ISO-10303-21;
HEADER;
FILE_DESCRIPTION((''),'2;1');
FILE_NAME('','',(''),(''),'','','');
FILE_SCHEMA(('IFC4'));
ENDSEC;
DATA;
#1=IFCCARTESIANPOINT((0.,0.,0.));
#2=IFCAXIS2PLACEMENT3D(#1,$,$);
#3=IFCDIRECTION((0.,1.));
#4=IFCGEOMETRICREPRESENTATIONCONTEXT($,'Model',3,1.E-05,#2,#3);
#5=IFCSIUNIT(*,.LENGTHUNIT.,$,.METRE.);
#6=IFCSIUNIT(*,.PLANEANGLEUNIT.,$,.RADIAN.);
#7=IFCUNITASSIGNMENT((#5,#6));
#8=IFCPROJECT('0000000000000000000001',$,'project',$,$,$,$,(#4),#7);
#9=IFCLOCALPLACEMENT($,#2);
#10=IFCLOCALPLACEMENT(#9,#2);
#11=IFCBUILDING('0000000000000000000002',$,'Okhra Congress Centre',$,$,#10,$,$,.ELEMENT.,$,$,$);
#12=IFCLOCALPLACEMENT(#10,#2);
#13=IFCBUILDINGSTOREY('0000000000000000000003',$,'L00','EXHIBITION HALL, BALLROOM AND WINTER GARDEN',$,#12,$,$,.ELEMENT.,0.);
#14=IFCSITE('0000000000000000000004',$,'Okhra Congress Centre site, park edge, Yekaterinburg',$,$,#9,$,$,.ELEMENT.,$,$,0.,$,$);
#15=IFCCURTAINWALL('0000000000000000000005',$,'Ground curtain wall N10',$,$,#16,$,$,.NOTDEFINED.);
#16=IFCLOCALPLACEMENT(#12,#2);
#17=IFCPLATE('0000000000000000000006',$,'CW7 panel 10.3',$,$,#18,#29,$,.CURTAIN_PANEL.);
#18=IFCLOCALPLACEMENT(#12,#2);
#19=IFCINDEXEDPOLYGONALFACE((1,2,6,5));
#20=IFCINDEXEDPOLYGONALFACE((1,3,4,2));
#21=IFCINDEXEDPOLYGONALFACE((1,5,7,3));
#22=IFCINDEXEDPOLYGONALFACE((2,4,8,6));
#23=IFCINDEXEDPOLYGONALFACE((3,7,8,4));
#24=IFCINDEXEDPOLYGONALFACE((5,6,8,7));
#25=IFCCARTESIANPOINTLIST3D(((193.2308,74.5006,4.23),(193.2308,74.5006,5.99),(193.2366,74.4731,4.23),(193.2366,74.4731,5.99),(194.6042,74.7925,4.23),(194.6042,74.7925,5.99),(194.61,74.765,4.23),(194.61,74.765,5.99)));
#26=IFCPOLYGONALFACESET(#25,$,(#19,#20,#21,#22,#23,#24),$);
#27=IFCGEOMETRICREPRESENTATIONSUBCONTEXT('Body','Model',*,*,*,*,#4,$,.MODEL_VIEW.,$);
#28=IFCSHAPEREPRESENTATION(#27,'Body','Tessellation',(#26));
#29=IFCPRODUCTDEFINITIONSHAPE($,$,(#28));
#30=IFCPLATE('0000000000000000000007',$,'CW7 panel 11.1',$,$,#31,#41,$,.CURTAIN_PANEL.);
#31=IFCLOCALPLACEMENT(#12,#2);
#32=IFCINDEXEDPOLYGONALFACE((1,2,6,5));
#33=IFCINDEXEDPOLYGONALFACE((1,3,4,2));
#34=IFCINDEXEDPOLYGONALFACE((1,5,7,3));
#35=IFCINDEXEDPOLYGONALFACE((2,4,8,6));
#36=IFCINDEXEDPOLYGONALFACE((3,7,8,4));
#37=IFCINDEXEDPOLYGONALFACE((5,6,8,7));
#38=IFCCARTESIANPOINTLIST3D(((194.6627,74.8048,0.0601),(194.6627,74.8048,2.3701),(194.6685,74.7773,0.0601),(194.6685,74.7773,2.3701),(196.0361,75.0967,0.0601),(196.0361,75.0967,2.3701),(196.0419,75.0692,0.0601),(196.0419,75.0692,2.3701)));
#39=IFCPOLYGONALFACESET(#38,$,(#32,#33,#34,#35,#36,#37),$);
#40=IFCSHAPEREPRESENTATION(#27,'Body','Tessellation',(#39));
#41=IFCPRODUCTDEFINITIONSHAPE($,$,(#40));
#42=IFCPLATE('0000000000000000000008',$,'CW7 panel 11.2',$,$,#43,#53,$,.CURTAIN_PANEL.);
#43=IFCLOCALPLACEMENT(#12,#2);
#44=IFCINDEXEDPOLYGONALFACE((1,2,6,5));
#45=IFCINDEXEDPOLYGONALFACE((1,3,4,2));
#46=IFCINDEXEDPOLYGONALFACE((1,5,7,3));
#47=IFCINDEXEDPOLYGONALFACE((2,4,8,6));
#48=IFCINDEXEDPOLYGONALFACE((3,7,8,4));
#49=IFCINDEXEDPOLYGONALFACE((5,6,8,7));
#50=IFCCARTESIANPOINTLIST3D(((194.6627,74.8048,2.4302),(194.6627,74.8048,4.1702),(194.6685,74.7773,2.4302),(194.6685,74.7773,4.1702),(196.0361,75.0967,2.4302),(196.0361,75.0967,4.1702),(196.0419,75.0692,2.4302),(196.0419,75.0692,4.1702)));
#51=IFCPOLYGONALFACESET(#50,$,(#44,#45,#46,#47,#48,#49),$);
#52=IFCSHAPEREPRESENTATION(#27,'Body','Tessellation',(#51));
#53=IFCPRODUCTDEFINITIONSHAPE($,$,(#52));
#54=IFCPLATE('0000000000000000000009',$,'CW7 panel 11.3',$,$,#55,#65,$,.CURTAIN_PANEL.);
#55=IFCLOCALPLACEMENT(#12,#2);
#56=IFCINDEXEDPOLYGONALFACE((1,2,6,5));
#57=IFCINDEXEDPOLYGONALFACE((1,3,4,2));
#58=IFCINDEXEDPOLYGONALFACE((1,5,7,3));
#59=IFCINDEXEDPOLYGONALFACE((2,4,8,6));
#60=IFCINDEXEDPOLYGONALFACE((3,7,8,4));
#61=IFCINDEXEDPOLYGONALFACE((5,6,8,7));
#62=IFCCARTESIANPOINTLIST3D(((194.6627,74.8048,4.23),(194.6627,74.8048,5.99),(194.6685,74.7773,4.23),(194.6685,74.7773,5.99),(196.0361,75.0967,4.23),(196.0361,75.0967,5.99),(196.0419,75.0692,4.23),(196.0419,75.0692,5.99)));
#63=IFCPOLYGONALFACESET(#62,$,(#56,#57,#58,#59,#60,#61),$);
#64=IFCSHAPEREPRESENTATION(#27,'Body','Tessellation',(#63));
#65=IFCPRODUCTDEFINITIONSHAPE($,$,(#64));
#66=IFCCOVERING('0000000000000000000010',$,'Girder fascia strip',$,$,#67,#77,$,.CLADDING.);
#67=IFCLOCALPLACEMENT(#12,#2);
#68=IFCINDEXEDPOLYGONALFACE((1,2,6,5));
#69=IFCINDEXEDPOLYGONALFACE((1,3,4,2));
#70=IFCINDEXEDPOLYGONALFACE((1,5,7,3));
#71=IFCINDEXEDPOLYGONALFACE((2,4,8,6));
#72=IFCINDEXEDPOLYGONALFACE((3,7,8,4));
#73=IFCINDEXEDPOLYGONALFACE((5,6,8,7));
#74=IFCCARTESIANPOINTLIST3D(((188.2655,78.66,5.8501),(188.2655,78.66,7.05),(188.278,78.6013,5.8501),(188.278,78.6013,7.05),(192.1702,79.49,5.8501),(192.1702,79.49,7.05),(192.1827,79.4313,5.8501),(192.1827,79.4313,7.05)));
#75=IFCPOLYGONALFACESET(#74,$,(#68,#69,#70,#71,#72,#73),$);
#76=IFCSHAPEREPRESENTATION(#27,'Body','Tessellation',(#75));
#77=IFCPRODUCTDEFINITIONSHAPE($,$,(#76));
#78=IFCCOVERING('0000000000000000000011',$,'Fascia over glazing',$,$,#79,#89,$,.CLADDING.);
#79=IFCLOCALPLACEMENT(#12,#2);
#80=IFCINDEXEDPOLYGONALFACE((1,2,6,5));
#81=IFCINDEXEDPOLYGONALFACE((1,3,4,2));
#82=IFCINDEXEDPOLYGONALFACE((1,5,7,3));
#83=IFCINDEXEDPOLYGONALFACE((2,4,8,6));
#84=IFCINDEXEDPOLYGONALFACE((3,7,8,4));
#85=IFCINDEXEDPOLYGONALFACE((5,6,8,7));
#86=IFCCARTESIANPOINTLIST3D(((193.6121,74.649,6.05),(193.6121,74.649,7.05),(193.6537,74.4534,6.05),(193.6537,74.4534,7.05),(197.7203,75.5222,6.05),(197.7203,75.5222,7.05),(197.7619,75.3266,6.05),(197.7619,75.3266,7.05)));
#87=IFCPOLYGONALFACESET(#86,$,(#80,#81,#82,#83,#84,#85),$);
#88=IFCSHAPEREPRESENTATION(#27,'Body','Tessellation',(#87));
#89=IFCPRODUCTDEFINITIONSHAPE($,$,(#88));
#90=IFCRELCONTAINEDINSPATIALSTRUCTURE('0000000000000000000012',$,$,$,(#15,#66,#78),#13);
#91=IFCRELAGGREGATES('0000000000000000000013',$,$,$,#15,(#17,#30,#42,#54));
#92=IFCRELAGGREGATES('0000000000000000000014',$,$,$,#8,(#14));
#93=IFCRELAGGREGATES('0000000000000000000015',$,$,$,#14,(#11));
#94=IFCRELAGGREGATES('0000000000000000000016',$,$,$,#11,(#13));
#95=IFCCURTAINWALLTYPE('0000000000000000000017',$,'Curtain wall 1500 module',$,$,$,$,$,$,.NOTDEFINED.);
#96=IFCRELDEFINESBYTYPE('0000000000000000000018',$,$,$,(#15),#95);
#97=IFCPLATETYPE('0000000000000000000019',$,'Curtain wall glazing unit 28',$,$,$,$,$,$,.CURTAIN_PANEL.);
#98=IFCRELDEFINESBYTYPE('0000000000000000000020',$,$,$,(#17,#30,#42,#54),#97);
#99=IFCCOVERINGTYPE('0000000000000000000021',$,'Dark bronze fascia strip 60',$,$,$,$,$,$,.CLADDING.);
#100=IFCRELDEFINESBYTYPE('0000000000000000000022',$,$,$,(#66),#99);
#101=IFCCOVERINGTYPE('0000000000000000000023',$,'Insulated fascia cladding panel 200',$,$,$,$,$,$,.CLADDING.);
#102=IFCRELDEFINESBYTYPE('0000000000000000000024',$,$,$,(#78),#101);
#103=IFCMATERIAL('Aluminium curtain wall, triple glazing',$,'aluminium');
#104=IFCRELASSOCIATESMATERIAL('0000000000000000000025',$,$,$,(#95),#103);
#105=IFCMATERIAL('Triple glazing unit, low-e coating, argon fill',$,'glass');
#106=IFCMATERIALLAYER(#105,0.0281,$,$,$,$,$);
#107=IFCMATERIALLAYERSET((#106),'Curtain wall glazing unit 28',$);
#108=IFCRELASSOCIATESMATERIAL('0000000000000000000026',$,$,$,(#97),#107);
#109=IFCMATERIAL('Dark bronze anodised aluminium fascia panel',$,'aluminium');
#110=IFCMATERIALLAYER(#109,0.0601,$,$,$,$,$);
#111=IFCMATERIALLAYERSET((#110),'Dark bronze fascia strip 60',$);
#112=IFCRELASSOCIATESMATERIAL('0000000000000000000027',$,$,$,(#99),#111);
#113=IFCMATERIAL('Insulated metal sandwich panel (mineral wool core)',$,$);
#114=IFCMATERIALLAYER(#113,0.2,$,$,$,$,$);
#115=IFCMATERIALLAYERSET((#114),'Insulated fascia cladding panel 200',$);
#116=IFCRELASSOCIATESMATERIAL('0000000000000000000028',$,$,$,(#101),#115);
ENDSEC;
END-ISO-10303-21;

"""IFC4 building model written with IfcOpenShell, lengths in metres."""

from ifc_helpers import new_model, si_unit, direction, frame, origin, origin_2d, place, context, subcontext, project, spatial, rectangle, extrude, material, layer, layer_set, type_object, element, aggregate, save


model = new_model("IFC4")

# Units and contexts
model_context = context("Model", 3, precision=1e-05, world=origin(), true_north=direction((0.0, 1.0)))
body_context = subcontext(model_context, "Body", "Model", "MODEL_VIEW")
ifc_project = project(units=[si_unit("LENGTHUNIT", "METRE"), si_unit("PLANEANGLEUNIT", "RADIAN")], contexts=[model_context])

# Site, building, storey
site_placement = place(None, origin())
site = spatial("IfcSite", under=ifc_project, at=site_placement, Name="Okhra Congress Centre site, park edge, Yekaterinburg", CompositionType="ELEMENT", RefElevation=0.0)
building_placement = place(site_placement, origin())
building = spatial("IfcBuilding", under=site, at=building_placement, Name="Okhra Congress Centre", CompositionType="ELEMENT")
storey_placement = place(building_placement, origin())
storey = spatial("IfcBuildingStorey", under=building, at=storey_placement, Name="L00", Description="EXHIBITION HALL, BALLROOM AND WINTER GARDEN", CompositionType="ELEMENT", Elevation=0.0)

# Curtain wall
ifc_material_1 = material(Name="Aluminium curtain wall, triple glazing", Category="aluminium")
curtain_wall_type_1 = type_object("IfcCurtainWallType", Name="Curtain wall 1500 module", PredefinedType="NOTDEFINED", material=ifc_material_1)
curtain_wall_1_placement = place(storey_placement, origin())
curtain_wall_1 = element("IfcCurtainWall", 1, at=curtain_wall_1_placement, inside=storey, type_object=curtain_wall_type_1, Name="Ground curtain wall N10", PredefinedType="NOTDEFINED")

# Plates
ifc_material_2 = material(Name="Triple glazing unit, low-e coating, argon fill", Category="glass")
ifc_layer_1 = layer(ifc_material_2, 0.0281)
ifc_layer_set_1 = layer_set([ifc_layer_1], Name="Curtain wall glazing unit 28")
plate_type = type_object("IfcPlateType", Name="Curtain wall glazing unit 28", PredefinedType="CURTAIN_PANEL", material=ifc_layer_set_1)
plate_1_placement = place(storey_placement, frame((193.9204, 74.6328, 4.23), z_axis=(0.0, 0.0, 1.0), x_axis=(0.978148, 0.207912, 0.0)))
plate_1 = element("IfcPlate", 2, at=plate_1_placement, type_object=plate_type, Name="CW7 panel 10.3", PredefinedType="CURTAIN_PANEL", context=body_context, shape_type="SweptSolid", body=[
    extrude(rectangle(XDim=1.4041, YDim=0.0281, at=origin_2d()), origin(), (0.0, 0.0, 1.0), 1.76),
])
plate_2_placement = place(storey_placement, frame((195.3523, 74.937, 0.0601), z_axis=(0.0, 0.0, 1.0), x_axis=(0.978148, 0.207912, 0.0)))
plate_2 = element("IfcPlate", 3, at=plate_2_placement, type_object=plate_type, Name="CW7 panel 11.1", PredefinedType="CURTAIN_PANEL", context=body_context, shape_type="SweptSolid", body=[
    extrude(rectangle(XDim=1.4041, YDim=0.0281, at=origin_2d()), origin(), (0.0, 0.0, 1.0), 2.3101),
])
plate_3_placement = place(storey_placement, frame((195.3523, 74.937, 2.4302), z_axis=(0.0, 0.0, 1.0), x_axis=(0.978148, 0.207912, 0.0)))
plate_3 = element("IfcPlate", 4, at=plate_3_placement, type_object=plate_type, Name="CW7 panel 11.2", PredefinedType="CURTAIN_PANEL", context=body_context, shape_type="SweptSolid", body=[
    extrude(rectangle(XDim=1.4041, YDim=0.0281, at=origin_2d()), origin(), (0.0, 0.0, 1.0), 1.74),
])
plate_4_placement = place(storey_placement, frame((195.3523, 74.937, 4.23), z_axis=(0.0, 0.0, 1.0), x_axis=(0.978148, 0.207912, 0.0)))
plate_4 = element("IfcPlate", 5, at=plate_4_placement, type_object=plate_type, Name="CW7 panel 11.3", PredefinedType="CURTAIN_PANEL", context=body_context, shape_type="SweptSolid", body=[
    extrude(rectangle(XDim=1.4041, YDim=0.0281, at=origin_2d()), origin(), (0.0, 0.0, 1.0), 1.76),
])
aggregate(curtain_wall_1, [plate_1, plate_2, plate_3, plate_4])

# Coverings
ifc_material_3 = material(Name="Dark bronze anodised aluminium fascia panel", Category="aluminium")
ifc_layer_2 = layer(ifc_material_3, 0.0601)
ifc_layer_set_2 = layer_set([ifc_layer_2], Name="Dark bronze fascia strip 60")
covering_type_1 = type_object("IfcCoveringType", Name="Dark bronze fascia strip 60", PredefinedType="CLADDING", material=ifc_layer_set_2)
covering_1_placement = place(storey_placement, frame((190.2241, 79.0457, 5.8501), z_axis=(0.0, 0.0, 1.0), x_axis=(0.978148, 0.207912, 0.0)))
element("IfcCovering", 6, at=covering_1_placement, inside=storey, type_object=covering_type_1, Name="Girder fascia strip", PredefinedType="CLADDING", context=body_context, shape_type="SweptSolid", body=[
    extrude(rectangle(XDim=3.9919, YDim=0.0601, at=origin_2d()), origin(), (0.0, 0.0, 1.0), 1.2),
])
ifc_material_4 = material(Name="Insulated metal sandwich panel (mineral wool core)")
ifc_layer_3 = layer(ifc_material_4, 0.2)
ifc_layer_set_3 = layer_set([ifc_layer_3], Name="Insulated fascia cladding panel 200")
covering_type_2 = type_object("IfcCoveringType", Name="Insulated fascia cladding panel 200", PredefinedType="CLADDING", material=ifc_layer_set_3)
covering_2_placement = place(storey_placement, frame((195.687, 74.9878, 6.05), z_axis=(0.0, 0.0, 1.0), x_axis=(0.978148, 0.207912, 0.0)))
element("IfcCovering", 7, at=covering_2_placement, inside=storey, type_object=covering_type_2, Name="Fascia over glazing", PredefinedType="CLADDING", context=body_context, shape_type="SweptSolid", body=[
    extrude(rectangle(XDim=4.2, YDim=0.2, at=origin_2d()), origin(), (0.0, 0.0, 1.0), 1.0),
])

save(model, "model.ifc")
